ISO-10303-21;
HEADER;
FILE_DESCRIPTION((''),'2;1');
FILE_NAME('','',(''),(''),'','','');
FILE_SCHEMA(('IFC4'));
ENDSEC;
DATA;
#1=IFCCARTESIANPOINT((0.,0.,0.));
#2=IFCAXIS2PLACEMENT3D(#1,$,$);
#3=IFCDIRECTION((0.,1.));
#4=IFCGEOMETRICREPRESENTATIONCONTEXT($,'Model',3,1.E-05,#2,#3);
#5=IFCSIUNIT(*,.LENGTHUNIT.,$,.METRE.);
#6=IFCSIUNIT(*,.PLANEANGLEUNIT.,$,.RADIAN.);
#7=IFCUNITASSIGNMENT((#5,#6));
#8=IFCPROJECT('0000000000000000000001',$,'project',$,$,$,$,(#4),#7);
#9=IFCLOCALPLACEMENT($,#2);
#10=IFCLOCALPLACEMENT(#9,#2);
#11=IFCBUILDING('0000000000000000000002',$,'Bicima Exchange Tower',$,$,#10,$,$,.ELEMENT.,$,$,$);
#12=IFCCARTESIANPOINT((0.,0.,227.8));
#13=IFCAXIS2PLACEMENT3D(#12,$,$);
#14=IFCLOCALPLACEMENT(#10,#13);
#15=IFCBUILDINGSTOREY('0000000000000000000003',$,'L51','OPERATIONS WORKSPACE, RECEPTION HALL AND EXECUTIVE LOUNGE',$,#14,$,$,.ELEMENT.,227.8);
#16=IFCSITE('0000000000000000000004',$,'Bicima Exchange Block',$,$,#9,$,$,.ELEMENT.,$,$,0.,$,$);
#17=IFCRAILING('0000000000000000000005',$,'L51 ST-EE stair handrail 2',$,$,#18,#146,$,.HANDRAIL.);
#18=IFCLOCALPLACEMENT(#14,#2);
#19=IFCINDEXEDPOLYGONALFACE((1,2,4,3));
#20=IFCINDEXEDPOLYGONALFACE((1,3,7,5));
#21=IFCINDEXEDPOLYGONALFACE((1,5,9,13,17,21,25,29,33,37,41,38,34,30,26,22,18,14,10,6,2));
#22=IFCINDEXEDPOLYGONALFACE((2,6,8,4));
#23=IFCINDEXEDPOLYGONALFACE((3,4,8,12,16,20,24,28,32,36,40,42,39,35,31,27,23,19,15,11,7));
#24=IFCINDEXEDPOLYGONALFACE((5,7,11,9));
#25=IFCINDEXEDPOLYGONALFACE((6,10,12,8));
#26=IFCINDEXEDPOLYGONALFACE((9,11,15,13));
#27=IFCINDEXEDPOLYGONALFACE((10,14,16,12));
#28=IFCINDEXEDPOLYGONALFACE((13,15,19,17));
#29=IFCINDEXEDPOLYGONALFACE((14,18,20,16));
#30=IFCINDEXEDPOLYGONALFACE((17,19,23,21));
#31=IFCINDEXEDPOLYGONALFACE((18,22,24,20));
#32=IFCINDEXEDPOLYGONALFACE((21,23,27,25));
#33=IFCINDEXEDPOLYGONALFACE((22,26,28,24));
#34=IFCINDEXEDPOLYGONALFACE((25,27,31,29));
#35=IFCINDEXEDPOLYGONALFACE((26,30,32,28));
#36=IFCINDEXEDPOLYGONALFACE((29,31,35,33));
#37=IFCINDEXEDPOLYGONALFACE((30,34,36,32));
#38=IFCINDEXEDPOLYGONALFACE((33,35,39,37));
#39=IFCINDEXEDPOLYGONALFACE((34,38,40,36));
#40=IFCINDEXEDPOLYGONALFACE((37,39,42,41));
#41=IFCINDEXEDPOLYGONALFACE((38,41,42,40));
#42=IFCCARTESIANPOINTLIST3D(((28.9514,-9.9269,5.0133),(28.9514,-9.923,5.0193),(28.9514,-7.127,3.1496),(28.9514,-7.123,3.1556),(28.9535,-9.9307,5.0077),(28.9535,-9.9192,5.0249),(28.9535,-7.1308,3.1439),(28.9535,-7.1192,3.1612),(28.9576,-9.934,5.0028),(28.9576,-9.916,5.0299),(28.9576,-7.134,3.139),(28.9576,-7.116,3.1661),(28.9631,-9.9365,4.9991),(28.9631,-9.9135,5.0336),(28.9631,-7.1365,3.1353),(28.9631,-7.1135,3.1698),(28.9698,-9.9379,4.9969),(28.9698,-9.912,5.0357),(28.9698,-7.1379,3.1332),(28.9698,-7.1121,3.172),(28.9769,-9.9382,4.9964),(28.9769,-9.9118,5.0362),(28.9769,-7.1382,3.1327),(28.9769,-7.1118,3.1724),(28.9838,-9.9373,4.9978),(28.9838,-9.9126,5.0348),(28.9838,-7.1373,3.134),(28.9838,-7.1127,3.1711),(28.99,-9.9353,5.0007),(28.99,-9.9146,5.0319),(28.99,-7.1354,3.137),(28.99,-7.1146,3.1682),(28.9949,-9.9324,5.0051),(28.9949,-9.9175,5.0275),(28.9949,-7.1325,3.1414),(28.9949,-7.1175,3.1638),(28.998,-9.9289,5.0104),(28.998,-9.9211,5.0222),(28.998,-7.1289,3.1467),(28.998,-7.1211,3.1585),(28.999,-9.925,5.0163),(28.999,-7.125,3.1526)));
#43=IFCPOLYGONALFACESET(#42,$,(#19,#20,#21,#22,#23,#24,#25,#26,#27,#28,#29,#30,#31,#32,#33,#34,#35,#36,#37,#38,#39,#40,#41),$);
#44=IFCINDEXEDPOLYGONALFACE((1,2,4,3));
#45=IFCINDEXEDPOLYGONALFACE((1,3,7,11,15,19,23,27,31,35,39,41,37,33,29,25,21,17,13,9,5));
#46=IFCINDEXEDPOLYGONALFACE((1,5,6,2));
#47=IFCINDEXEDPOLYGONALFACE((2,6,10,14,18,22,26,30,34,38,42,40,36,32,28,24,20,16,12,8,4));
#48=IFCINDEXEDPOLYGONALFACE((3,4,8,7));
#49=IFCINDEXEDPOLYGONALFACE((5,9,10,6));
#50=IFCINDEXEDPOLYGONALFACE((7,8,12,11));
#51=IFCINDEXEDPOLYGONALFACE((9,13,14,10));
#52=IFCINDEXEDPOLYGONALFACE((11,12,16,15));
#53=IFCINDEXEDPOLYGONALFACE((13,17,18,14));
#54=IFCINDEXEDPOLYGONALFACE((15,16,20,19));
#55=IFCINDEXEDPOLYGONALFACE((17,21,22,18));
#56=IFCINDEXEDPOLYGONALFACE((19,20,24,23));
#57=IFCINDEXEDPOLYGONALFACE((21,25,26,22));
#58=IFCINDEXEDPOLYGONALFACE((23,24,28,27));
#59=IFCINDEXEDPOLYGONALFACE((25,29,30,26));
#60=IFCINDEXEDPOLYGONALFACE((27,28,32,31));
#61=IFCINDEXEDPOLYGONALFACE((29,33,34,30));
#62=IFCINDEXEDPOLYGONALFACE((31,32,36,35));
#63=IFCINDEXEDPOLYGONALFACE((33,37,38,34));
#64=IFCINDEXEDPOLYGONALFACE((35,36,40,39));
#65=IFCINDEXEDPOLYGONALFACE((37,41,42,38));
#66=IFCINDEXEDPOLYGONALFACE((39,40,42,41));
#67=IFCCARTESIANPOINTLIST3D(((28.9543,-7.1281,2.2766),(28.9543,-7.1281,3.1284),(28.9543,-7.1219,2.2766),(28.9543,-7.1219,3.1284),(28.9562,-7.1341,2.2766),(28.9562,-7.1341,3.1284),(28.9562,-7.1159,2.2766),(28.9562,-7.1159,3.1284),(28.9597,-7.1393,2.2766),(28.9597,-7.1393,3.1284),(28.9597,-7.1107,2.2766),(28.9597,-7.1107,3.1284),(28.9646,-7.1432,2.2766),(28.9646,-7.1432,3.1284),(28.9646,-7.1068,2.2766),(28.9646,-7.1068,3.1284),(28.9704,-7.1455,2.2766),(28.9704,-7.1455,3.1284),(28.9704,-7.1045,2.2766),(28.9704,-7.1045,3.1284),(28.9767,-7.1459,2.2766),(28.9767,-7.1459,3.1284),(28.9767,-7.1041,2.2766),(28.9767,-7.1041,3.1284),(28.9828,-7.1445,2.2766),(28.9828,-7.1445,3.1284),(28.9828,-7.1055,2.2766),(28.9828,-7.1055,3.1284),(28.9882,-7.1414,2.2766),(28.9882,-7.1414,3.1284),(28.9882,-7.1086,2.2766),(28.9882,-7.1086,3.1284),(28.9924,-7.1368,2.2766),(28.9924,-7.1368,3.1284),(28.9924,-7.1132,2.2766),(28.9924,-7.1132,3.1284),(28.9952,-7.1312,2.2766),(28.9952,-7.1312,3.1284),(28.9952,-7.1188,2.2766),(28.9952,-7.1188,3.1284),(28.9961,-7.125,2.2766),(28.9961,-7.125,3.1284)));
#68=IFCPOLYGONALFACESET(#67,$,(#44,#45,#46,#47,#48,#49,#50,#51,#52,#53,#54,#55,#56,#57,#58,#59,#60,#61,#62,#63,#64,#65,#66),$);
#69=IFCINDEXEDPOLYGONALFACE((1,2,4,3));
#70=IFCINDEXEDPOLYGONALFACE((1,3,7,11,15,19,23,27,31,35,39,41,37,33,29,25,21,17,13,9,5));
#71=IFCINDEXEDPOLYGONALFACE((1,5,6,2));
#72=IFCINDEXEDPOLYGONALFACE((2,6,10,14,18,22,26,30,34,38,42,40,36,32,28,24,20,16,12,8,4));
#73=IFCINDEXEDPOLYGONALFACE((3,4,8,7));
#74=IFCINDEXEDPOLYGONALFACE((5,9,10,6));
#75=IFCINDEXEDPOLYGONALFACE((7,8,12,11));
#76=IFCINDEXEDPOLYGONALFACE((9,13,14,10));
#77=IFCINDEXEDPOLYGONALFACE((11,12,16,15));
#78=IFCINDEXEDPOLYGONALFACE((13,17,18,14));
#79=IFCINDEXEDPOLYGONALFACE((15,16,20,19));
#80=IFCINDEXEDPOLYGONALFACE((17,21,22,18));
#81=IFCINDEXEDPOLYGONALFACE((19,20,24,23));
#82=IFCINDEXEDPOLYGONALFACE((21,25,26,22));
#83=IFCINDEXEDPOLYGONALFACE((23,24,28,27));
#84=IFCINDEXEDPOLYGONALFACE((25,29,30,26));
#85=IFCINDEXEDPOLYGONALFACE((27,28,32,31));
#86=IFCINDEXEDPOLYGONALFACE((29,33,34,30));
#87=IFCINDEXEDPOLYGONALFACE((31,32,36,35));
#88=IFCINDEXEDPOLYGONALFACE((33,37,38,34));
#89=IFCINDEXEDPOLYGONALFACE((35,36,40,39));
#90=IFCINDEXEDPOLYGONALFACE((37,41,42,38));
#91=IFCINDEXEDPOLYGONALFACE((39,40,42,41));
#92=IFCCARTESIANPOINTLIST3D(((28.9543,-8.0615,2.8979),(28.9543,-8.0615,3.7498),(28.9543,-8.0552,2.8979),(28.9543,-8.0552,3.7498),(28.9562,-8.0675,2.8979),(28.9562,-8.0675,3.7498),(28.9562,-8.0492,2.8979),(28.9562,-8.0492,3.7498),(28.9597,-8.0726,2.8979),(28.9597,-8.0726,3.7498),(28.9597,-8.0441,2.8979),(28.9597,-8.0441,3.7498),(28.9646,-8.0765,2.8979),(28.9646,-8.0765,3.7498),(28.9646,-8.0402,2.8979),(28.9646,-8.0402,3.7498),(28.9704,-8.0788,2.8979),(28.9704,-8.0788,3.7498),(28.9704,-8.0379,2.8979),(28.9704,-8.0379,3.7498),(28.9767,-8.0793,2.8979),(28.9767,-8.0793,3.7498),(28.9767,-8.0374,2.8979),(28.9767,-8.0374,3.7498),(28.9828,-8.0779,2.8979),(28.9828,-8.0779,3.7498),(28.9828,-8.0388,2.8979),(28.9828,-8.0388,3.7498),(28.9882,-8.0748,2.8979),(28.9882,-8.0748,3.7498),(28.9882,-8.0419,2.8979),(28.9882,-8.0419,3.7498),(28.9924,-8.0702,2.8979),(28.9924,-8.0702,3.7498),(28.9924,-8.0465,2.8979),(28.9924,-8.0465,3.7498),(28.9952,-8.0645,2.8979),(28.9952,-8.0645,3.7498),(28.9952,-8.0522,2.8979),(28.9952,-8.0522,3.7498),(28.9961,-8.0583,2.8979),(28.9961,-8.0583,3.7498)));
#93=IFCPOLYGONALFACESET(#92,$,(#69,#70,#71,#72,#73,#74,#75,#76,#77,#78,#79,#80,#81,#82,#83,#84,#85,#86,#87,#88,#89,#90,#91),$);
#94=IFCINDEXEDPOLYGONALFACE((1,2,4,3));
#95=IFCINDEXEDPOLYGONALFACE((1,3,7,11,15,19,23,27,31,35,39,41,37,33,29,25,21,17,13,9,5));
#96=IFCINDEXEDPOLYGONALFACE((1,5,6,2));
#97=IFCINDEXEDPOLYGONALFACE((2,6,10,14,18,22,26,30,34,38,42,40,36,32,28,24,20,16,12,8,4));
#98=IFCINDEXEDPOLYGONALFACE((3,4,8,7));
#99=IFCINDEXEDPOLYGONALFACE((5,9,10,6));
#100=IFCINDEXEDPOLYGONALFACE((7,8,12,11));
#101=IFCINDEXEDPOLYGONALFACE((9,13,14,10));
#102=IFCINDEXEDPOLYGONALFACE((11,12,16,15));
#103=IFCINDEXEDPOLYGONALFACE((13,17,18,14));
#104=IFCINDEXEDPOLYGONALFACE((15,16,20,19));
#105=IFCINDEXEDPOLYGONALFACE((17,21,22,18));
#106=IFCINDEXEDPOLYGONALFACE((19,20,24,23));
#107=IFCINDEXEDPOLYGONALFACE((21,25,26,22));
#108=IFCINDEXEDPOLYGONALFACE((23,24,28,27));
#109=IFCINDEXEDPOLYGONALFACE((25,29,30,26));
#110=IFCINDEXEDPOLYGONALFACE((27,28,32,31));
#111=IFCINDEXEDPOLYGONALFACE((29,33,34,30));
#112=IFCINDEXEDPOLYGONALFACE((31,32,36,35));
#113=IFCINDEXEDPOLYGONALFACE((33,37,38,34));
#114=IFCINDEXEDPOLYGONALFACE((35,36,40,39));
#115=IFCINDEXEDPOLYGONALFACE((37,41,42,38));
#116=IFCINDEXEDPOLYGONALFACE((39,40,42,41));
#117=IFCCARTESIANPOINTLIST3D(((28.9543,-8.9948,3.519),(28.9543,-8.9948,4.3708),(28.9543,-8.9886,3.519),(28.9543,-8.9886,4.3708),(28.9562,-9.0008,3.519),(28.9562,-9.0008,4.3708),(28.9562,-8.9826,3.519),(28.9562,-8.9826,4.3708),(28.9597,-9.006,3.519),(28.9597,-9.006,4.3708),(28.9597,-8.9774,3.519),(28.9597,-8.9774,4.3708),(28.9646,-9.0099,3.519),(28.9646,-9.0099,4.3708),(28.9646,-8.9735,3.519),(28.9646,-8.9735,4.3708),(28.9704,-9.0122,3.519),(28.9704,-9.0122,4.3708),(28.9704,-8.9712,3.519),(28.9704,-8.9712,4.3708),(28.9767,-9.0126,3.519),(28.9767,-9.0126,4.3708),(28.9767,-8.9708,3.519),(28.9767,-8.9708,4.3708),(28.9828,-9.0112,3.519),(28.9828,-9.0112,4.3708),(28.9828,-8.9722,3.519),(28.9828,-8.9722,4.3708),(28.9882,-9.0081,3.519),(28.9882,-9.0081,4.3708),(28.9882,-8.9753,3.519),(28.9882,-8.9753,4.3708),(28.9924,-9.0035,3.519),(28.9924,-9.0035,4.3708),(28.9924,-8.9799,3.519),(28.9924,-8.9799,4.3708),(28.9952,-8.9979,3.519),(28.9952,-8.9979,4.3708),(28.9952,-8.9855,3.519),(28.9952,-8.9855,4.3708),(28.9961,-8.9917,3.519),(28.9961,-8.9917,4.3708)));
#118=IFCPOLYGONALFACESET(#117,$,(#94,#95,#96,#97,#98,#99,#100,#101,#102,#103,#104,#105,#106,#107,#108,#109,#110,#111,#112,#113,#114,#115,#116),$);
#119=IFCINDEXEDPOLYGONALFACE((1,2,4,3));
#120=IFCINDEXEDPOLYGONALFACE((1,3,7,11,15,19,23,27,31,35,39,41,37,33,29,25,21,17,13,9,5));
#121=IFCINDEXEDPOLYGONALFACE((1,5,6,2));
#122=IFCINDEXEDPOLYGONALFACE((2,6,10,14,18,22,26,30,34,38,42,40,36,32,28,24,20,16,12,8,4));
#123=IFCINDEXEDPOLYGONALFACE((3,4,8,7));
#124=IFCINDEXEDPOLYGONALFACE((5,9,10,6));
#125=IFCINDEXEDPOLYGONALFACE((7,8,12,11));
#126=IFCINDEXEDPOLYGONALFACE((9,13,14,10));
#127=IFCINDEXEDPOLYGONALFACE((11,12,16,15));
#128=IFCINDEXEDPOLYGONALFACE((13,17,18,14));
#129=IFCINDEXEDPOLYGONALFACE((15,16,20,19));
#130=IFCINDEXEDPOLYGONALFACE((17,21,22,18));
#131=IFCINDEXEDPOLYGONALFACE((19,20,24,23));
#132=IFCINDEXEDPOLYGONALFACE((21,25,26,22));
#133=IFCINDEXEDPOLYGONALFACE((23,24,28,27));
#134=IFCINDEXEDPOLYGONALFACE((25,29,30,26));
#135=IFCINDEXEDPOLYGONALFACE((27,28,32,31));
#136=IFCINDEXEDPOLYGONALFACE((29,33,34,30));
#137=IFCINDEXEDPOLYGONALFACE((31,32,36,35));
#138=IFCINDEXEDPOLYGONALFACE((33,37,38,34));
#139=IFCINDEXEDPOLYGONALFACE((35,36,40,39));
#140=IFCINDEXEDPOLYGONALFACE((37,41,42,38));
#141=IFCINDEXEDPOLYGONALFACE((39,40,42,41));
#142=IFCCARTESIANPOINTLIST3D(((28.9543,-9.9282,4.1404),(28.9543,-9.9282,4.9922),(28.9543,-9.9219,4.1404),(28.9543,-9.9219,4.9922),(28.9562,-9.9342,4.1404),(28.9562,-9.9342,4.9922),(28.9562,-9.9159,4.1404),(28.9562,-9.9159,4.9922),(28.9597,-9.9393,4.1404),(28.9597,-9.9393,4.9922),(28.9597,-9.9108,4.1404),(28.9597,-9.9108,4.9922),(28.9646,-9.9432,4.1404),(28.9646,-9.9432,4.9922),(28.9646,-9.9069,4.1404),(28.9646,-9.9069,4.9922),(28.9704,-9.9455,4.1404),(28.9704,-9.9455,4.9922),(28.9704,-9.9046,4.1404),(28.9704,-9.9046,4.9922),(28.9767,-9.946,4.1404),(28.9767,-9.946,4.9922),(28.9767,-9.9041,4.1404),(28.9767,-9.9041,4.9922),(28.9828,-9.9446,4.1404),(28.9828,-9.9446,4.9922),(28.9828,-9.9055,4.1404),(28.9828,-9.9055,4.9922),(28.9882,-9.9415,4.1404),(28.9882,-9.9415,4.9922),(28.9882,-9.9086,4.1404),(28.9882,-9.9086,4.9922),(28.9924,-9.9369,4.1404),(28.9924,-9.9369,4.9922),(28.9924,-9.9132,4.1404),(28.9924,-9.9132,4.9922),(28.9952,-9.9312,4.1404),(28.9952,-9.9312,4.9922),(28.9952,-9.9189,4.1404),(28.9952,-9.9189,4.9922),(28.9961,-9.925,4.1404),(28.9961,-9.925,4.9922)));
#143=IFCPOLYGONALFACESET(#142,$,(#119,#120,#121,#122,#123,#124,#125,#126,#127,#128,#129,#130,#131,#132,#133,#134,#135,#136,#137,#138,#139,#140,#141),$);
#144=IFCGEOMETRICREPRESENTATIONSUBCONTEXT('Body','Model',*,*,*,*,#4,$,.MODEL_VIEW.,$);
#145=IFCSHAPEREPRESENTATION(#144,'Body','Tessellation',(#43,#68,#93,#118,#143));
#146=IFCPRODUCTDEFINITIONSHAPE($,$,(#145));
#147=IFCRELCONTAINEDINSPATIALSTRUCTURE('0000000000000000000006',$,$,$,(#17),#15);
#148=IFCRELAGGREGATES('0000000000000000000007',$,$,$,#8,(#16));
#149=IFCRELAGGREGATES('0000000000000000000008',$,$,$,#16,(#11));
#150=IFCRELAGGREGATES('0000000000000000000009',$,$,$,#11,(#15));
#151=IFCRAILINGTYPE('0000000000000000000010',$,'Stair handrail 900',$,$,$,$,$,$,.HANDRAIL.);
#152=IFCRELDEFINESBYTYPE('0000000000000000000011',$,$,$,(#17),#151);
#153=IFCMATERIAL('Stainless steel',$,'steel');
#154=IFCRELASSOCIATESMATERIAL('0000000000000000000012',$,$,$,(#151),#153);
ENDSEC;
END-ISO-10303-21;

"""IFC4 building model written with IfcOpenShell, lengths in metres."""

from ifc_helpers import new_model, si_unit, direction, frame, origin, origin_2d, place, context, subcontext, project, spatial, circle, extrude, material, type_object, element, save


model = new_model("IFC4")

# Units and contexts
model_context = context("Model", 3, precision=1e-05, world=origin(), true_north=direction((0.0, 1.0)))
body_context = subcontext(model_context, "Body", "Model", "MODEL_VIEW")
ifc_project = project(units=[si_unit("LENGTHUNIT", "METRE"), si_unit("PLANEANGLEUNIT", "RADIAN")], contexts=[model_context])

# Site, building, storey
site_placement = place(None, origin())
site = spatial("IfcSite", under=ifc_project, at=site_placement, Name="Bicima Exchange Block", CompositionType="ELEMENT", RefElevation=0.0)
building_placement = place(site_placement, origin())
building = spatial("IfcBuilding", under=site, at=building_placement, Name="Bicima Exchange Tower", CompositionType="ELEMENT")
storey_placement = place(building_placement, frame((0.0, 0.0, 227.8)))
storey = spatial("IfcBuildingStorey", under=building, at=storey_placement, Name="L51", Description="OPERATIONS WORKSPACE, RECEPTION HALL AND EXECUTIVE LOUNGE", CompositionType="ELEMENT", Elevation=227.8)

# Railing
ifc_material_1 = material(Name="Stainless steel", Category="steel")
railing_type_1 = type_object("IfcRailingType", Name="Stair handrail 900", PredefinedType="HANDRAIL", material=ifc_material_1)
for number, where, name in (
    (1, (28.9751, -7.125, 2.2766), "L51 ST-EE stair handrail 2"),
):
    element("IfcRailing", number, at=place(storey_placement, frame(where)), inside=storey, type_object=railing_type_1, Name=name, PredefinedType="HANDRAIL", context=body_context, shape_type="SweptSolid", body=[
        extrude(circle(Radius=0.0239, at=origin_2d()), frame((0.0, 0.0, 0.876), z_axis=(0.0, -0.832452, 0.554097), x_axis=(1.0, 0.0, 0.0)), (0.0, 0.0, 1.0), 3.3635),
        extrude(circle(Radius=0.021, at=origin_2d()), origin(), (0.0, 0.0, 1.0), 0.8518),
        extrude(circle(Radius=0.021, at=origin_2d()), frame((0.0, -0.9333, 0.6213)), (0.0, 0.0, 1.0), 0.8518),
        extrude(circle(Radius=0.021, at=origin_2d()), frame((0.0, -1.8667, 1.2424)), (0.0, 0.0, 1.0), 0.8518),
        extrude(circle(Radius=0.021, at=origin_2d()), frame((0.0, -2.8, 1.8638)), (0.0, 0.0, 1.0), 0.8518),
    ])

save(model, "model.ifc")
